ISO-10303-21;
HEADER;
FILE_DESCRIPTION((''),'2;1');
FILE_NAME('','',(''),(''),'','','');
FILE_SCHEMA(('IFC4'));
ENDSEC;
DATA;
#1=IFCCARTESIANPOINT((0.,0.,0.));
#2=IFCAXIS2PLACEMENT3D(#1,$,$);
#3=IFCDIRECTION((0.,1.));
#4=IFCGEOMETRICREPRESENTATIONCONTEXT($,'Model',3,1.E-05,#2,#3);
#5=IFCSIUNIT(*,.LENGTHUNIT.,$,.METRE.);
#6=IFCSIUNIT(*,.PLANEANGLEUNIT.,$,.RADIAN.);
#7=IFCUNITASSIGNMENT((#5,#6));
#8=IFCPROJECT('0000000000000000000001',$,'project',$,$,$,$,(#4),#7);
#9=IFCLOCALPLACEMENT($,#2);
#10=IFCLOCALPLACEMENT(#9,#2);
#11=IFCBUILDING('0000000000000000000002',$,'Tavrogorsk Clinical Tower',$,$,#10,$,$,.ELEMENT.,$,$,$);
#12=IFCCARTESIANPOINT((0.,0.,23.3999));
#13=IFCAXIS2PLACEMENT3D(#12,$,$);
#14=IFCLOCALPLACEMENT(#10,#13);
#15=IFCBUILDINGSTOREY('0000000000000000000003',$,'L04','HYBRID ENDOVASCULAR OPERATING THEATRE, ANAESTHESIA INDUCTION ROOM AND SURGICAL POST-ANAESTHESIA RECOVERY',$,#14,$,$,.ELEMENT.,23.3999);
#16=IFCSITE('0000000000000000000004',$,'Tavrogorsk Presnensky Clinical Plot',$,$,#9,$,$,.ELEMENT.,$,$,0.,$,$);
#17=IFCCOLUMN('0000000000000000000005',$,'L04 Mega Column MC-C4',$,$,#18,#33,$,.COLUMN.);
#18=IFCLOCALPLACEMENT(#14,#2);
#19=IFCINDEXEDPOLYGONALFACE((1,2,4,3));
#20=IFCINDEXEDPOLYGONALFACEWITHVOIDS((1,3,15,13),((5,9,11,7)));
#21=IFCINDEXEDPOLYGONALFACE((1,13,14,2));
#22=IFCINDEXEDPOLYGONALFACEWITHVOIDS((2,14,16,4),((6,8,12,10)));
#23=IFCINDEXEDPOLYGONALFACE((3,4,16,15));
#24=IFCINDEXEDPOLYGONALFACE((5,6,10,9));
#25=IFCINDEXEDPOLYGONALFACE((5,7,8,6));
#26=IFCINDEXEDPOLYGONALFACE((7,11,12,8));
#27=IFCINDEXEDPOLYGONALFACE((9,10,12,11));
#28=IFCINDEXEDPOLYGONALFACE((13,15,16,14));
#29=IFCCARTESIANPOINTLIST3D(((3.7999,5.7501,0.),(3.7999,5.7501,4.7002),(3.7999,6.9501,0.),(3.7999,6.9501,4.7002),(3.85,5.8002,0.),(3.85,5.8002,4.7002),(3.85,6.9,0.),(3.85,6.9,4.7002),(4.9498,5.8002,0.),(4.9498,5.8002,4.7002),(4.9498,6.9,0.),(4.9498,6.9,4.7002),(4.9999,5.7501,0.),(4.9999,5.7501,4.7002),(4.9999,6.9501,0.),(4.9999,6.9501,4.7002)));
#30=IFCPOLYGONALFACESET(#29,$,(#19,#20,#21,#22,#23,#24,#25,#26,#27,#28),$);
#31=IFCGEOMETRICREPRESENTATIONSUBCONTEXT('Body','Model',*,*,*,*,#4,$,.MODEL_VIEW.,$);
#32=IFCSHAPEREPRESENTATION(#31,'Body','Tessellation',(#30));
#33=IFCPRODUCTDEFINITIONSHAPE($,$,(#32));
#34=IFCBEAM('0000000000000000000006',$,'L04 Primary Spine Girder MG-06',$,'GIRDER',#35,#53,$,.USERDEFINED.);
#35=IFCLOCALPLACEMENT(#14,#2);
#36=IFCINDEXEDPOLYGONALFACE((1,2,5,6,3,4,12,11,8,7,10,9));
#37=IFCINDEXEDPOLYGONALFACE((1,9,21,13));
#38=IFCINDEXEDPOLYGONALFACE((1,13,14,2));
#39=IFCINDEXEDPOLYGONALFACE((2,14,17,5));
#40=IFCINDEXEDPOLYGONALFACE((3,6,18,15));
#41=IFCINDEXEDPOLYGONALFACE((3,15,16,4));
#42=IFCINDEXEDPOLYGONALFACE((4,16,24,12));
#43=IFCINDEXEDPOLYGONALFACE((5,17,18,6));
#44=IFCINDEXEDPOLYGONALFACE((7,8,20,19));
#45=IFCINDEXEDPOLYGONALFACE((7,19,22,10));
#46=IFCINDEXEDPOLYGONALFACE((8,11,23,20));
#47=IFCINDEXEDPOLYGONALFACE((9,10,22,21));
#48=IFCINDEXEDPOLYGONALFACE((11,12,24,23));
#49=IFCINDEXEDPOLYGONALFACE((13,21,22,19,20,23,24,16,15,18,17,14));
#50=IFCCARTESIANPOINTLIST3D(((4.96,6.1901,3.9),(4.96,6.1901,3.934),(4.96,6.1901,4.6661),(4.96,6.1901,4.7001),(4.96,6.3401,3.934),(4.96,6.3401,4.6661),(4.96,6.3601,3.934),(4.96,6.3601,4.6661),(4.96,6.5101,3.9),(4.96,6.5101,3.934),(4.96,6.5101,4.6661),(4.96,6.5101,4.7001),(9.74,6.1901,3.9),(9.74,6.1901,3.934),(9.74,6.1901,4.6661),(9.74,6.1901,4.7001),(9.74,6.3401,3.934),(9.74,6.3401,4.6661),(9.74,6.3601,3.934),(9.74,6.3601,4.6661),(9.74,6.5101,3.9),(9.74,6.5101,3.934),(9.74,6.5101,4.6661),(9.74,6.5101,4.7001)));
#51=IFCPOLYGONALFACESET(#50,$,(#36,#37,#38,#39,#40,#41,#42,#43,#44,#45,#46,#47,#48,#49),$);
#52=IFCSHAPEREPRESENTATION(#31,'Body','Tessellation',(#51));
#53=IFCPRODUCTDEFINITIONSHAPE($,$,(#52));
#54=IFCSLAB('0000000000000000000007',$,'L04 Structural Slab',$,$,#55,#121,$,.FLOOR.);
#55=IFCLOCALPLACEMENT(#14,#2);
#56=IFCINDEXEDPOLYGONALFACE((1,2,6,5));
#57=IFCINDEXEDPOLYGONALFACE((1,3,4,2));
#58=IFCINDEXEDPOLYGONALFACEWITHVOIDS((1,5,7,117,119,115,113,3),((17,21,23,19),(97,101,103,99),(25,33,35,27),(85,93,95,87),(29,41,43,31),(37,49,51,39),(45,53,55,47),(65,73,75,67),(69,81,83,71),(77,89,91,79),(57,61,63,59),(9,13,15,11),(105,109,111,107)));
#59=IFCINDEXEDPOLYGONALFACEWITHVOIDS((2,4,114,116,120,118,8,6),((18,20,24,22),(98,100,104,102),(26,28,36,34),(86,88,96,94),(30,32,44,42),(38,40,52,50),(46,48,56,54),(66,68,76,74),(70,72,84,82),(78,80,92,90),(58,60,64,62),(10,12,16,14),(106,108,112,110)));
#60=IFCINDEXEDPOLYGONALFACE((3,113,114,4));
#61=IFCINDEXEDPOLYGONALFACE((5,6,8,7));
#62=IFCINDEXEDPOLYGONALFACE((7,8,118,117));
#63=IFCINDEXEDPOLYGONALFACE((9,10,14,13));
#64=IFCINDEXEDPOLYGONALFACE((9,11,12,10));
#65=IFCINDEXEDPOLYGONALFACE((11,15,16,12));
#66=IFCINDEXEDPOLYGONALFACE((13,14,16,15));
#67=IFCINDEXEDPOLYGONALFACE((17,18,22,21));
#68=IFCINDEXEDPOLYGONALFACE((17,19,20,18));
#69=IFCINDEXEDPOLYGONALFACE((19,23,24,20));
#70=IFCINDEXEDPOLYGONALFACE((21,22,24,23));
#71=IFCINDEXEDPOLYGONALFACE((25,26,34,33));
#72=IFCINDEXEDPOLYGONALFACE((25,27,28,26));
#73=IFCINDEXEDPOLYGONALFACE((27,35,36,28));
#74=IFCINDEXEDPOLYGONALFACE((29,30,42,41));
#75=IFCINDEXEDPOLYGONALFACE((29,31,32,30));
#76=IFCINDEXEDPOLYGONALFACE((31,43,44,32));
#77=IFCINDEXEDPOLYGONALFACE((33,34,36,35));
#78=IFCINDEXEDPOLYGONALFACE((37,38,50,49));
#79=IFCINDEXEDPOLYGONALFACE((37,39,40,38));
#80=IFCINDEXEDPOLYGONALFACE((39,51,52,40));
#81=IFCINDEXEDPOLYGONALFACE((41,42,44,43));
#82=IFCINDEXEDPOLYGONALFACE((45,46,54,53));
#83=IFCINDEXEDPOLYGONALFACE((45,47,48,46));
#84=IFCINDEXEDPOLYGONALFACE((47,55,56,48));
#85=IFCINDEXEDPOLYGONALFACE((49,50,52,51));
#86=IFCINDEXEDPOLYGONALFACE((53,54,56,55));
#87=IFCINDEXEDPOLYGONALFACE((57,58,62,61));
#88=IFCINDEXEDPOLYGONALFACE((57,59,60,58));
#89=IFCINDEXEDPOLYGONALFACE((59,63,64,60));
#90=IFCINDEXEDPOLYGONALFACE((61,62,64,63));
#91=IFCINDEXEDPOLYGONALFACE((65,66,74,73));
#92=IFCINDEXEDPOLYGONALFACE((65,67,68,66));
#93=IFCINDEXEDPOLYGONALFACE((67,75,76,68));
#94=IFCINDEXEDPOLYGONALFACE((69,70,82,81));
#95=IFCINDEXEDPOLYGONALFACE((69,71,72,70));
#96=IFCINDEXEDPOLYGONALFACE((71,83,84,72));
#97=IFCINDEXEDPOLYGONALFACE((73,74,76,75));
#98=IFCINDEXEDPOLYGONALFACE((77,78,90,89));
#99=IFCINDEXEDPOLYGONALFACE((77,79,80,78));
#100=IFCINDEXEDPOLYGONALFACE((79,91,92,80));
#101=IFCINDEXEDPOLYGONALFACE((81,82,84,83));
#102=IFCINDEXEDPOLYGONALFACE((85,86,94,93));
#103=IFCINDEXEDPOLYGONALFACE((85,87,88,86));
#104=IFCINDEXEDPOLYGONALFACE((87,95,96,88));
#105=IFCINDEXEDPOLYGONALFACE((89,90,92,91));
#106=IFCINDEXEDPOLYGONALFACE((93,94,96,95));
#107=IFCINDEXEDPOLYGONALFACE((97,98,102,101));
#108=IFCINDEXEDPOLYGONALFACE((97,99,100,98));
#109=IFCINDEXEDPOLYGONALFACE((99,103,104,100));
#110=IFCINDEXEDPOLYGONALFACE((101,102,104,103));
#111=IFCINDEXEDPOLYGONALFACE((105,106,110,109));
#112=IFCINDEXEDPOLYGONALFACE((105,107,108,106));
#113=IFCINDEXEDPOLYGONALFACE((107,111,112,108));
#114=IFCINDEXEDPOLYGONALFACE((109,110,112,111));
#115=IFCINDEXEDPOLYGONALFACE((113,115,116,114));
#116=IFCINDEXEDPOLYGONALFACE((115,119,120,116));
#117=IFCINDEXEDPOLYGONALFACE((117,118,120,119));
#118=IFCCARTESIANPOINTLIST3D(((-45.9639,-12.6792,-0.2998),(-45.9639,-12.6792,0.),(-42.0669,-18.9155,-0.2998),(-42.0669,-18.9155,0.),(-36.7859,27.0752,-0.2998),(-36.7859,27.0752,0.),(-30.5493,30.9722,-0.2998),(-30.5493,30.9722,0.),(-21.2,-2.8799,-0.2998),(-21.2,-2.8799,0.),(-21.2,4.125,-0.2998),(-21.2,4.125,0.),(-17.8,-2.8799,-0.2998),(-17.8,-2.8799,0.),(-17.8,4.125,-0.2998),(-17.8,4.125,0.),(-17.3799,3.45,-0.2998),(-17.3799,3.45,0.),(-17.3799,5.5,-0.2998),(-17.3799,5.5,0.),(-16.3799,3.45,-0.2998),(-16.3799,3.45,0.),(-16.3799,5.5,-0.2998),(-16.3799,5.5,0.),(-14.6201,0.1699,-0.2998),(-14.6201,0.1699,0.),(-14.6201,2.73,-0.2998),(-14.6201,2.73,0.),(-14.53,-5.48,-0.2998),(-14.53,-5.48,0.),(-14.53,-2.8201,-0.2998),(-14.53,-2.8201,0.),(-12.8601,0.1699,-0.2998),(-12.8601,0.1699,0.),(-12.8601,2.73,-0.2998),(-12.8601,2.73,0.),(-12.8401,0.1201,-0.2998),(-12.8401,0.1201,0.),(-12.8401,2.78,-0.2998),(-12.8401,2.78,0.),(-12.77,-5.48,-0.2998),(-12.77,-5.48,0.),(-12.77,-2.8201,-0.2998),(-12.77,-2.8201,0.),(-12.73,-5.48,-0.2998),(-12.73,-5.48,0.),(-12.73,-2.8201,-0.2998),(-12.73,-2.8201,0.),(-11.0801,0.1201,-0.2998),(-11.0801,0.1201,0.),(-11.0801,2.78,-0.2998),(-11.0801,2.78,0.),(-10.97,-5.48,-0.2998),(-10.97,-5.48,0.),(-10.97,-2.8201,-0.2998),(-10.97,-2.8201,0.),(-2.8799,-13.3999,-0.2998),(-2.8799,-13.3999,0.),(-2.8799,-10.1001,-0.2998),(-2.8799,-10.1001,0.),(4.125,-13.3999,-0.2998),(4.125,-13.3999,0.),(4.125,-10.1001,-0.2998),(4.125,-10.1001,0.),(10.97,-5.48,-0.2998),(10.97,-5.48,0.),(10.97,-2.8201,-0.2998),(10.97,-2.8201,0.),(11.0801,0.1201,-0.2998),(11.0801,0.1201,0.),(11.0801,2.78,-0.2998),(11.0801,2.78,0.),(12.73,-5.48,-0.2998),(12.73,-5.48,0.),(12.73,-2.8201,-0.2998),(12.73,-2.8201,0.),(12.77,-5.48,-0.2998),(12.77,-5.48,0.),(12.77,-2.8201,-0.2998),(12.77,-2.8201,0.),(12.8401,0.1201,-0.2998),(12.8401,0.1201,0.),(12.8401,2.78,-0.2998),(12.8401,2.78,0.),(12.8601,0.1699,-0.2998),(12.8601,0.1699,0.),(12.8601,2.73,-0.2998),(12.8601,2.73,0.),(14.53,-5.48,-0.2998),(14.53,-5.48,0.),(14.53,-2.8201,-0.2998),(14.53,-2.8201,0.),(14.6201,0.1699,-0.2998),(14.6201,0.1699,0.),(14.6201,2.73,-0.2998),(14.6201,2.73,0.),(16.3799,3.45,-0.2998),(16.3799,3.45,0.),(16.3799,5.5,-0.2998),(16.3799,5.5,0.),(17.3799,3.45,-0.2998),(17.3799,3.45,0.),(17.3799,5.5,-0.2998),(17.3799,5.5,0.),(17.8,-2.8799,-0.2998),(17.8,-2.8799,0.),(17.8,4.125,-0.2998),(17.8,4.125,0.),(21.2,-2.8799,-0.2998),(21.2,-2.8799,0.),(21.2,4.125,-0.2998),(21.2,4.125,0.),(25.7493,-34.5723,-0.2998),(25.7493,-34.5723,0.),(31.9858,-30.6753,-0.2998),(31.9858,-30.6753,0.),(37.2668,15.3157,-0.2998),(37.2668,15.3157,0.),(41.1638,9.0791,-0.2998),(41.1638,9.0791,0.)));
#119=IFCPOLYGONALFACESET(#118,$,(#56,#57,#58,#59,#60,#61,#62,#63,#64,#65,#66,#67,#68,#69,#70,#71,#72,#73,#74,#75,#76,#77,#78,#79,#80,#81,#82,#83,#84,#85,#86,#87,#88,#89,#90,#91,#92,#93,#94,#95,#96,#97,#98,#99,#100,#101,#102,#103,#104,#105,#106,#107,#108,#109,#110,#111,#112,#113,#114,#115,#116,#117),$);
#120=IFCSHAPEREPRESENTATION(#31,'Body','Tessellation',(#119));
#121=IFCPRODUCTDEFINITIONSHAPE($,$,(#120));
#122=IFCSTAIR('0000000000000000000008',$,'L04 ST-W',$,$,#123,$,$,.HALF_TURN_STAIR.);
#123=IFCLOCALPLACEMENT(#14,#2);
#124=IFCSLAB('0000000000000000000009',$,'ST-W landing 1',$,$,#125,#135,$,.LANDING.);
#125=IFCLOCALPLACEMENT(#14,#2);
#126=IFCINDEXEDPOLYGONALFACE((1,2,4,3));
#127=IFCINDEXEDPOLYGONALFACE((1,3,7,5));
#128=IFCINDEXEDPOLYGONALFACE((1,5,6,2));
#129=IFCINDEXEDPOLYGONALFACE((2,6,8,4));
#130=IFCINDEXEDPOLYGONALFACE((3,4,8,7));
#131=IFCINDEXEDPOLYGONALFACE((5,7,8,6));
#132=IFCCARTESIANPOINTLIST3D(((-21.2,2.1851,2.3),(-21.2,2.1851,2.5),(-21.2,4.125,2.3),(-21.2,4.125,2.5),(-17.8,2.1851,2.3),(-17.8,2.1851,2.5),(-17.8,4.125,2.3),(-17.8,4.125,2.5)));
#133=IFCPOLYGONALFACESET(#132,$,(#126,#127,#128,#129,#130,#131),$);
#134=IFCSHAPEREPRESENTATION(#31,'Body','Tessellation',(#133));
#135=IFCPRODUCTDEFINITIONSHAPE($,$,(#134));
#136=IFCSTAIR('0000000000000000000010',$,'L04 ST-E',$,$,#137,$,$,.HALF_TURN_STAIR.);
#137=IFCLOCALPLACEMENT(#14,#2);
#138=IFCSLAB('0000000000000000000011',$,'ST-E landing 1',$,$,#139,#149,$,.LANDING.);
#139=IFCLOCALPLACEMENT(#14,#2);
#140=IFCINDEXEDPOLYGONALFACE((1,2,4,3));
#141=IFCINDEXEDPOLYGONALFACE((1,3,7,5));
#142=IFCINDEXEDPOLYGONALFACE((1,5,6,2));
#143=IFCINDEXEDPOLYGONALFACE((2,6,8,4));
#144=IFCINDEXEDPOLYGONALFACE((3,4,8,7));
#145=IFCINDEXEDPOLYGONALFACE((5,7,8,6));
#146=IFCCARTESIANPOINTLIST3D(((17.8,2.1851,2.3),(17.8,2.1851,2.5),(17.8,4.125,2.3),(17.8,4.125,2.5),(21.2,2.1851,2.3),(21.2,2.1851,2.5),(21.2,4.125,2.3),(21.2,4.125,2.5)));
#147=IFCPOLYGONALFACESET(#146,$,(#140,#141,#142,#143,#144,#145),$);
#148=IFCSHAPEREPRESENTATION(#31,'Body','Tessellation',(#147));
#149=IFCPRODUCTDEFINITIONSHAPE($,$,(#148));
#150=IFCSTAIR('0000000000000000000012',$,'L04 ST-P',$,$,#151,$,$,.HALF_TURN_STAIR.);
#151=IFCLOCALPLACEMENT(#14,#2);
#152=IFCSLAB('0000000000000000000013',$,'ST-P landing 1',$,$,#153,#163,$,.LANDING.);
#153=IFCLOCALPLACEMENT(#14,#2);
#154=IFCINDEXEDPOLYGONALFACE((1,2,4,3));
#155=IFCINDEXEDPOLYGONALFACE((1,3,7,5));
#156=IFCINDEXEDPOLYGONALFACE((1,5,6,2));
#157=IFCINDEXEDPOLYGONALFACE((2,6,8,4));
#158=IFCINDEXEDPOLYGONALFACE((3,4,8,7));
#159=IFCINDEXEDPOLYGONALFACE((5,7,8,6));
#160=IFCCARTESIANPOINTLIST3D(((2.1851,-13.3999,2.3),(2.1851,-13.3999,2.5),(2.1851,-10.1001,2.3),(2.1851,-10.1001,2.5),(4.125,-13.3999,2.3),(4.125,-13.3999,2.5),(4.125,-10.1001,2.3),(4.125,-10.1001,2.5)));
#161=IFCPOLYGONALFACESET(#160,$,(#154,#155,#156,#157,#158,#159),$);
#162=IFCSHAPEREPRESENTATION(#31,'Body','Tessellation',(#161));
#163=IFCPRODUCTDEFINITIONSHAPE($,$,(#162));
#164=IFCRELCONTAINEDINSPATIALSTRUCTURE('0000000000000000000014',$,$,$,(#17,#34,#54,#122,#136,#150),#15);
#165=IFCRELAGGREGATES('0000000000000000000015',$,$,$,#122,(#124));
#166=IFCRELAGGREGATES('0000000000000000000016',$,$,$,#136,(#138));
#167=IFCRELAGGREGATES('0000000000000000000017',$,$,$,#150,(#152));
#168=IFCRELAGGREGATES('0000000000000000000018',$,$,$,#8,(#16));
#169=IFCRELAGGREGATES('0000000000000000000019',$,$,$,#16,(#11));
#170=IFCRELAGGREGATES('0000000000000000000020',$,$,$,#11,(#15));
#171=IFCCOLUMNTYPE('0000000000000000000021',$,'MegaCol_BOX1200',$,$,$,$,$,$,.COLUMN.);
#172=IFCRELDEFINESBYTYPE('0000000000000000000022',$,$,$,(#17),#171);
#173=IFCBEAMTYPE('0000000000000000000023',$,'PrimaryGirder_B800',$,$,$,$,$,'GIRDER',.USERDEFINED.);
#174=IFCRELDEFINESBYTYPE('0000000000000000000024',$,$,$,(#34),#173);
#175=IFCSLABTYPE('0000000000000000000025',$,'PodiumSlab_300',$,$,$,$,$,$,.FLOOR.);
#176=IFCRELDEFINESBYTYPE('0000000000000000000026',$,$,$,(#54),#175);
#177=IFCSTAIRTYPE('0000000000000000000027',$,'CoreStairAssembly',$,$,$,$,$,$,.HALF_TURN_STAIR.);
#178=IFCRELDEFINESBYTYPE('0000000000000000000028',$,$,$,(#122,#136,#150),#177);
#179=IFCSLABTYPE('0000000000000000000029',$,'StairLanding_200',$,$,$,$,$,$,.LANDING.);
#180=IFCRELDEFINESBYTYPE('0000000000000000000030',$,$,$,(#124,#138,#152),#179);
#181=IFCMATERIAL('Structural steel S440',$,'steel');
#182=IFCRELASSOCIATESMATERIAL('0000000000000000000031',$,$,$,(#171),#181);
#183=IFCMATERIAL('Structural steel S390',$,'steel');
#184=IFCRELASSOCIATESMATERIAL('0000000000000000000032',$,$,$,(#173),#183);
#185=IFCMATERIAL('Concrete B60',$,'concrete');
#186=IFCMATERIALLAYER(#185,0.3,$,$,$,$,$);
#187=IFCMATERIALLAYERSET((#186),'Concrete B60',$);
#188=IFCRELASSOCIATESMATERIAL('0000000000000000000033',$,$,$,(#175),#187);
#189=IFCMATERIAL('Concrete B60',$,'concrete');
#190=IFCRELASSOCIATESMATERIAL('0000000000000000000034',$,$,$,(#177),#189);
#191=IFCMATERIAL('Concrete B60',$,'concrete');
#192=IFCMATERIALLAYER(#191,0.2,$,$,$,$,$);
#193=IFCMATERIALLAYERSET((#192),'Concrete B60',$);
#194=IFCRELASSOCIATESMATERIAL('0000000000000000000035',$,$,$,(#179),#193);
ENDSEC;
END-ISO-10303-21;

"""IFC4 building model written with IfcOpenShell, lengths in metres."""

from ifc_helpers import new_model, si_unit, direction, frame, origin, origin_2d, place, context, subcontext, project, spatial, polyline, hollow_rectangle, i_section, outline, extrude, material, layer, layer_set, material_profile, profile_set, type_object, element, aggregate, save


model = new_model("IFC4")

# Units and contexts
model_context = context("Model", 3, precision=1e-05, world=origin(), true_north=direction((0.0, 1.0)))
body_context = subcontext(model_context, "Body", "Model", "MODEL_VIEW")
ifc_project = project(units=[si_unit("LENGTHUNIT", "METRE"), si_unit("PLANEANGLEUNIT", "RADIAN")], contexts=[model_context])

# Site, building, storey
site_placement = place(None, origin())
site = spatial("IfcSite", under=ifc_project, at=site_placement, Name="Tavrogorsk Presnensky Clinical Plot", CompositionType="ELEMENT", RefElevation=0.0)
building_placement = place(site_placement, origin())
building = spatial("IfcBuilding", under=site, at=building_placement, Name="Tavrogorsk Clinical Tower", CompositionType="ELEMENT")
storey_placement = place(building_placement, frame((0.0, 0.0, 23.3999)))
storey = spatial("IfcBuildingStorey", under=building, at=storey_placement, Name="L04", Description="HYBRID ENDOVASCULAR OPERATING THEATRE, ANAESTHESIA INDUCTION ROOM AND SURGICAL POST-ANAESTHESIA RECOVERY", CompositionType="ELEMENT", Elevation=23.3999)

# Column
ifc_material_1 = material(Name="Structural steel S440", Category="steel")
ifc_material_profile_1 = material_profile(ifc_material_1, hollow_rectangle(XDim=1.2, YDim=1.2, WallThickness=0.05, at=origin_2d()), Name="BOX-1200x1200x50")
ifc_profile_set_1 = profile_set([ifc_material_profile_1], Name="Structural steel S440")
column_type = type_object("IfcColumnType", Name="MegaCol_BOX1200", PredefinedType="COLUMN", material=ifc_profile_set_1)
column_placement = place(storey_placement, frame((4.3999, 6.3501, 0.0), z_axis=(0.0, 0.0, 1.0), x_axis=(1.0, 0.0, 0.0)))
element("IfcColumn", 1, at=column_placement, inside=storey, type_object=column_type, Name="L04 Mega Column MC-C4", PredefinedType="COLUMN", context=body_context, shape_type="SweptSolid", body=[
    extrude(hollow_rectangle(XDim=1.2, YDim=1.2, WallThickness=0.05, at=origin_2d()), origin(), (0.0, 0.0, 1.0), 4.7002),
])

# Beam
ifc_material_2 = material(Name="Structural steel S390", Category="steel")
ifc_material_profile_2 = material_profile(ifc_material_2, i_section(OverallWidth=0.3201, OverallDepth=0.8, WebThickness=0.02, FlangeThickness=0.0339, at=origin_2d()), Name="B-800x320x20x34")
ifc_profile_set_2 = profile_set([ifc_material_profile_2], Name="Structural steel S390")
beam_type = type_object("IfcBeamType", Name="PrimaryGirder_B800", ElementType="GIRDER", PredefinedType="USERDEFINED", material=ifc_profile_set_2)
beam_placement = place(storey_placement, frame((4.96, 6.3501, 4.3), z_axis=(1.0, 0.0, 0.0), x_axis=(0.0, 1.0, 0.0)))
element("IfcBeam", 2, at=beam_placement, inside=storey, type_object=beam_type, Name="L04 Primary Spine Girder MG-06", ObjectType="GIRDER", PredefinedType="USERDEFINED", context=body_context, shape_type="SweptSolid", body=[
    extrude(i_section(OverallWidth=0.3201, OverallDepth=0.8, WebThickness=0.02, FlangeThickness=0.0339, at=origin_2d()), origin(), (0.0, 0.0, 1.0), 4.78),
])

# Slab
ifc_material_3 = material(Name="Concrete B60", Category="concrete")
ifc_layer_1 = layer(ifc_material_3, 0.3)
ifc_layer_set_1 = layer_set([ifc_layer_1], Name="Concrete B60")
slab_type_1 = type_object("IfcSlabType", Name="PodiumSlab_300", PredefinedType="FLOOR", material=ifc_layer_set_1)
slab_1_placement = place(storey_placement, frame((0.0, 0.0, -0.2998)))
element("IfcSlab", 3, at=slab_1_placement, inside=storey, type_object=slab_type_1, Name="L04 Structural Slab", PredefinedType="FLOOR", context=body_context, shape_type="SweptSolid", body=[
    extrude(outline(polyline([(-42.0669, -18.9155), (25.7493, -34.5723), (31.9858, -30.6753), (41.1638, 9.0791), (37.2668, 15.3157), (-30.5493, 30.9722), (-36.7859, 27.0752), (-45.9639, -12.6792), (-42.0669, -18.9155)]), holes=[polyline([(-17.8, -2.8799), (-17.8, 4.125), (-21.2, 4.125), (-21.2, -2.8799), (-17.8, -2.8799)]), polyline([(21.2, -2.8799), (21.2, 4.125), (17.8, 4.125), (17.8, -2.8799), (21.2, -2.8799)]), polyline([(-2.8799, -13.3999), (4.125, -13.3999), (4.125, -10.1001), (-2.8799, -10.1001), (-2.8799, -13.3999)]), polyline([(-14.6201, 0.1699), (-12.8601, 0.1699), (-12.8601, 2.73), (-14.6201, 2.73), (-14.6201, 0.1699)]), polyline([(-14.53, -5.48), (-12.77, -5.48), (-12.77, -2.8201), (-14.53, -2.8201), (-14.53, -5.48)]), polyline([(-12.73, -5.48), (-10.97, -5.48), (-10.97, -2.8201), (-12.73, -2.8201), (-12.73, -5.48)]), polyline([(-12.8401, 0.1201), (-11.0801, 0.1201), (-11.0801, 2.78), (-12.8401, 2.78), (-12.8401, 0.1201)]), polyline([(12.8601, 0.1699), (14.6201, 0.1699), (14.6201, 2.73), (12.8601, 2.73), (12.8601, 0.1699)]), polyline([(12.77, -5.48), (14.53, -5.48), (14.53, -2.8201), (12.77, -2.8201), (12.77, -5.48)]), polyline([(10.97, -5.48), (12.73, -5.48), (12.73, -2.8201), (10.97, -2.8201), (10.97, -5.48)]), polyline([(11.0801, 0.1201), (12.8401, 0.1201), (12.8401, 2.78), (11.0801, 2.78), (11.0801, 0.1201)]), polyline([(-17.3799, 3.45), (-16.3799, 3.45), (-16.3799, 5.5), (-17.3799, 5.5), (-17.3799, 3.45)]), polyline([(16.3799, 3.45), (17.3799, 3.45), (17.3799, 5.5), (16.3799, 5.5), (16.3799, 3.45)])]), origin(), (0.0, 0.0, 1.0), 0.2998),
])

# Stairs, slabs
ifc_material_4 = material(Name="Concrete B60", Category="concrete")
stair_type = type_object("IfcStairType", Name="CoreStairAssembly", PredefinedType="HALF_TURN_STAIR", material=ifc_material_4)
stair_1_placement = place(storey_placement, origin())
stair_1 = element("IfcStair", 4, at=stair_1_placement, inside=storey, type_object=stair_type, Name="L04 ST-W", PredefinedType="HALF_TURN_STAIR")
ifc_material_5 = material(Name="Concrete B60", Category="concrete")
ifc_layer_2 = layer(ifc_material_5, 0.2)
ifc_layer_set_2 = layer_set([ifc_layer_2], Name="Concrete B60")
slab_type_2 = type_object("IfcSlabType", Name="StairLanding_200", PredefinedType="LANDING", material=ifc_layer_set_2)
slab_2_placement = place(storey_placement, frame((0.0, 0.0, 2.3)))
slab_2 = element("IfcSlab", 5, at=slab_2_placement, type_object=slab_type_2, Name="ST-W landing 1", PredefinedType="LANDING", context=body_context, shape_type="SweptSolid", body=[
    extrude(outline(polyline([(-17.8, 2.1851), (-17.8, 4.125), (-21.2, 4.125), (-21.2, 2.1851), (-17.8, 2.1851)])), origin(), (0.0, 0.0, 1.0), 0.2),
])
aggregate(stair_1, [slab_2])
stair_2_placement = place(storey_placement, origin())
stair_2 = element("IfcStair", 6, at=stair_2_placement, inside=storey, type_object=stair_type, Name="L04 ST-E", PredefinedType="HALF_TURN_STAIR")
slab_3_placement = place(storey_placement, frame((0.0, 0.0, 2.3)))
slab_3 = element("IfcSlab", 7, at=slab_3_placement, type_object=slab_type_2, Name="ST-E landing 1", PredefinedType="LANDING", context=body_context, shape_type="SweptSolid", body=[
    extrude(outline(polyline([(21.2, 2.1851), (21.2, 4.125), (17.8, 4.125), (17.8, 2.1851), (21.2, 2.1851)])), origin(), (0.0, 0.0, 1.0), 0.2),
])
aggregate(stair_2, [slab_3])
stair_3_placement = place(storey_placement, origin())
stair_3 = element("IfcStair", 8, at=stair_3_placement, inside=storey, type_object=stair_type, Name="L04 ST-P", PredefinedType="HALF_TURN_STAIR")
slab_4_placement = place(storey_placement, frame((0.0, 0.0, 2.3)))
slab_4 = element("IfcSlab", 9, at=slab_4_placement, type_object=slab_type_2, Name="ST-P landing 1", PredefinedType="LANDING", context=body_context, shape_type="SweptSolid", body=[
    extrude(outline(polyline([(2.1851, -13.3999), (4.125, -13.3999), (4.125, -10.1001), (2.1851, -10.1001), (2.1851, -13.3999)])), origin(), (0.0, 0.0, 1.0), 0.2),
])
aggregate(stair_3, [slab_4])

save(model, "model.ifc")
